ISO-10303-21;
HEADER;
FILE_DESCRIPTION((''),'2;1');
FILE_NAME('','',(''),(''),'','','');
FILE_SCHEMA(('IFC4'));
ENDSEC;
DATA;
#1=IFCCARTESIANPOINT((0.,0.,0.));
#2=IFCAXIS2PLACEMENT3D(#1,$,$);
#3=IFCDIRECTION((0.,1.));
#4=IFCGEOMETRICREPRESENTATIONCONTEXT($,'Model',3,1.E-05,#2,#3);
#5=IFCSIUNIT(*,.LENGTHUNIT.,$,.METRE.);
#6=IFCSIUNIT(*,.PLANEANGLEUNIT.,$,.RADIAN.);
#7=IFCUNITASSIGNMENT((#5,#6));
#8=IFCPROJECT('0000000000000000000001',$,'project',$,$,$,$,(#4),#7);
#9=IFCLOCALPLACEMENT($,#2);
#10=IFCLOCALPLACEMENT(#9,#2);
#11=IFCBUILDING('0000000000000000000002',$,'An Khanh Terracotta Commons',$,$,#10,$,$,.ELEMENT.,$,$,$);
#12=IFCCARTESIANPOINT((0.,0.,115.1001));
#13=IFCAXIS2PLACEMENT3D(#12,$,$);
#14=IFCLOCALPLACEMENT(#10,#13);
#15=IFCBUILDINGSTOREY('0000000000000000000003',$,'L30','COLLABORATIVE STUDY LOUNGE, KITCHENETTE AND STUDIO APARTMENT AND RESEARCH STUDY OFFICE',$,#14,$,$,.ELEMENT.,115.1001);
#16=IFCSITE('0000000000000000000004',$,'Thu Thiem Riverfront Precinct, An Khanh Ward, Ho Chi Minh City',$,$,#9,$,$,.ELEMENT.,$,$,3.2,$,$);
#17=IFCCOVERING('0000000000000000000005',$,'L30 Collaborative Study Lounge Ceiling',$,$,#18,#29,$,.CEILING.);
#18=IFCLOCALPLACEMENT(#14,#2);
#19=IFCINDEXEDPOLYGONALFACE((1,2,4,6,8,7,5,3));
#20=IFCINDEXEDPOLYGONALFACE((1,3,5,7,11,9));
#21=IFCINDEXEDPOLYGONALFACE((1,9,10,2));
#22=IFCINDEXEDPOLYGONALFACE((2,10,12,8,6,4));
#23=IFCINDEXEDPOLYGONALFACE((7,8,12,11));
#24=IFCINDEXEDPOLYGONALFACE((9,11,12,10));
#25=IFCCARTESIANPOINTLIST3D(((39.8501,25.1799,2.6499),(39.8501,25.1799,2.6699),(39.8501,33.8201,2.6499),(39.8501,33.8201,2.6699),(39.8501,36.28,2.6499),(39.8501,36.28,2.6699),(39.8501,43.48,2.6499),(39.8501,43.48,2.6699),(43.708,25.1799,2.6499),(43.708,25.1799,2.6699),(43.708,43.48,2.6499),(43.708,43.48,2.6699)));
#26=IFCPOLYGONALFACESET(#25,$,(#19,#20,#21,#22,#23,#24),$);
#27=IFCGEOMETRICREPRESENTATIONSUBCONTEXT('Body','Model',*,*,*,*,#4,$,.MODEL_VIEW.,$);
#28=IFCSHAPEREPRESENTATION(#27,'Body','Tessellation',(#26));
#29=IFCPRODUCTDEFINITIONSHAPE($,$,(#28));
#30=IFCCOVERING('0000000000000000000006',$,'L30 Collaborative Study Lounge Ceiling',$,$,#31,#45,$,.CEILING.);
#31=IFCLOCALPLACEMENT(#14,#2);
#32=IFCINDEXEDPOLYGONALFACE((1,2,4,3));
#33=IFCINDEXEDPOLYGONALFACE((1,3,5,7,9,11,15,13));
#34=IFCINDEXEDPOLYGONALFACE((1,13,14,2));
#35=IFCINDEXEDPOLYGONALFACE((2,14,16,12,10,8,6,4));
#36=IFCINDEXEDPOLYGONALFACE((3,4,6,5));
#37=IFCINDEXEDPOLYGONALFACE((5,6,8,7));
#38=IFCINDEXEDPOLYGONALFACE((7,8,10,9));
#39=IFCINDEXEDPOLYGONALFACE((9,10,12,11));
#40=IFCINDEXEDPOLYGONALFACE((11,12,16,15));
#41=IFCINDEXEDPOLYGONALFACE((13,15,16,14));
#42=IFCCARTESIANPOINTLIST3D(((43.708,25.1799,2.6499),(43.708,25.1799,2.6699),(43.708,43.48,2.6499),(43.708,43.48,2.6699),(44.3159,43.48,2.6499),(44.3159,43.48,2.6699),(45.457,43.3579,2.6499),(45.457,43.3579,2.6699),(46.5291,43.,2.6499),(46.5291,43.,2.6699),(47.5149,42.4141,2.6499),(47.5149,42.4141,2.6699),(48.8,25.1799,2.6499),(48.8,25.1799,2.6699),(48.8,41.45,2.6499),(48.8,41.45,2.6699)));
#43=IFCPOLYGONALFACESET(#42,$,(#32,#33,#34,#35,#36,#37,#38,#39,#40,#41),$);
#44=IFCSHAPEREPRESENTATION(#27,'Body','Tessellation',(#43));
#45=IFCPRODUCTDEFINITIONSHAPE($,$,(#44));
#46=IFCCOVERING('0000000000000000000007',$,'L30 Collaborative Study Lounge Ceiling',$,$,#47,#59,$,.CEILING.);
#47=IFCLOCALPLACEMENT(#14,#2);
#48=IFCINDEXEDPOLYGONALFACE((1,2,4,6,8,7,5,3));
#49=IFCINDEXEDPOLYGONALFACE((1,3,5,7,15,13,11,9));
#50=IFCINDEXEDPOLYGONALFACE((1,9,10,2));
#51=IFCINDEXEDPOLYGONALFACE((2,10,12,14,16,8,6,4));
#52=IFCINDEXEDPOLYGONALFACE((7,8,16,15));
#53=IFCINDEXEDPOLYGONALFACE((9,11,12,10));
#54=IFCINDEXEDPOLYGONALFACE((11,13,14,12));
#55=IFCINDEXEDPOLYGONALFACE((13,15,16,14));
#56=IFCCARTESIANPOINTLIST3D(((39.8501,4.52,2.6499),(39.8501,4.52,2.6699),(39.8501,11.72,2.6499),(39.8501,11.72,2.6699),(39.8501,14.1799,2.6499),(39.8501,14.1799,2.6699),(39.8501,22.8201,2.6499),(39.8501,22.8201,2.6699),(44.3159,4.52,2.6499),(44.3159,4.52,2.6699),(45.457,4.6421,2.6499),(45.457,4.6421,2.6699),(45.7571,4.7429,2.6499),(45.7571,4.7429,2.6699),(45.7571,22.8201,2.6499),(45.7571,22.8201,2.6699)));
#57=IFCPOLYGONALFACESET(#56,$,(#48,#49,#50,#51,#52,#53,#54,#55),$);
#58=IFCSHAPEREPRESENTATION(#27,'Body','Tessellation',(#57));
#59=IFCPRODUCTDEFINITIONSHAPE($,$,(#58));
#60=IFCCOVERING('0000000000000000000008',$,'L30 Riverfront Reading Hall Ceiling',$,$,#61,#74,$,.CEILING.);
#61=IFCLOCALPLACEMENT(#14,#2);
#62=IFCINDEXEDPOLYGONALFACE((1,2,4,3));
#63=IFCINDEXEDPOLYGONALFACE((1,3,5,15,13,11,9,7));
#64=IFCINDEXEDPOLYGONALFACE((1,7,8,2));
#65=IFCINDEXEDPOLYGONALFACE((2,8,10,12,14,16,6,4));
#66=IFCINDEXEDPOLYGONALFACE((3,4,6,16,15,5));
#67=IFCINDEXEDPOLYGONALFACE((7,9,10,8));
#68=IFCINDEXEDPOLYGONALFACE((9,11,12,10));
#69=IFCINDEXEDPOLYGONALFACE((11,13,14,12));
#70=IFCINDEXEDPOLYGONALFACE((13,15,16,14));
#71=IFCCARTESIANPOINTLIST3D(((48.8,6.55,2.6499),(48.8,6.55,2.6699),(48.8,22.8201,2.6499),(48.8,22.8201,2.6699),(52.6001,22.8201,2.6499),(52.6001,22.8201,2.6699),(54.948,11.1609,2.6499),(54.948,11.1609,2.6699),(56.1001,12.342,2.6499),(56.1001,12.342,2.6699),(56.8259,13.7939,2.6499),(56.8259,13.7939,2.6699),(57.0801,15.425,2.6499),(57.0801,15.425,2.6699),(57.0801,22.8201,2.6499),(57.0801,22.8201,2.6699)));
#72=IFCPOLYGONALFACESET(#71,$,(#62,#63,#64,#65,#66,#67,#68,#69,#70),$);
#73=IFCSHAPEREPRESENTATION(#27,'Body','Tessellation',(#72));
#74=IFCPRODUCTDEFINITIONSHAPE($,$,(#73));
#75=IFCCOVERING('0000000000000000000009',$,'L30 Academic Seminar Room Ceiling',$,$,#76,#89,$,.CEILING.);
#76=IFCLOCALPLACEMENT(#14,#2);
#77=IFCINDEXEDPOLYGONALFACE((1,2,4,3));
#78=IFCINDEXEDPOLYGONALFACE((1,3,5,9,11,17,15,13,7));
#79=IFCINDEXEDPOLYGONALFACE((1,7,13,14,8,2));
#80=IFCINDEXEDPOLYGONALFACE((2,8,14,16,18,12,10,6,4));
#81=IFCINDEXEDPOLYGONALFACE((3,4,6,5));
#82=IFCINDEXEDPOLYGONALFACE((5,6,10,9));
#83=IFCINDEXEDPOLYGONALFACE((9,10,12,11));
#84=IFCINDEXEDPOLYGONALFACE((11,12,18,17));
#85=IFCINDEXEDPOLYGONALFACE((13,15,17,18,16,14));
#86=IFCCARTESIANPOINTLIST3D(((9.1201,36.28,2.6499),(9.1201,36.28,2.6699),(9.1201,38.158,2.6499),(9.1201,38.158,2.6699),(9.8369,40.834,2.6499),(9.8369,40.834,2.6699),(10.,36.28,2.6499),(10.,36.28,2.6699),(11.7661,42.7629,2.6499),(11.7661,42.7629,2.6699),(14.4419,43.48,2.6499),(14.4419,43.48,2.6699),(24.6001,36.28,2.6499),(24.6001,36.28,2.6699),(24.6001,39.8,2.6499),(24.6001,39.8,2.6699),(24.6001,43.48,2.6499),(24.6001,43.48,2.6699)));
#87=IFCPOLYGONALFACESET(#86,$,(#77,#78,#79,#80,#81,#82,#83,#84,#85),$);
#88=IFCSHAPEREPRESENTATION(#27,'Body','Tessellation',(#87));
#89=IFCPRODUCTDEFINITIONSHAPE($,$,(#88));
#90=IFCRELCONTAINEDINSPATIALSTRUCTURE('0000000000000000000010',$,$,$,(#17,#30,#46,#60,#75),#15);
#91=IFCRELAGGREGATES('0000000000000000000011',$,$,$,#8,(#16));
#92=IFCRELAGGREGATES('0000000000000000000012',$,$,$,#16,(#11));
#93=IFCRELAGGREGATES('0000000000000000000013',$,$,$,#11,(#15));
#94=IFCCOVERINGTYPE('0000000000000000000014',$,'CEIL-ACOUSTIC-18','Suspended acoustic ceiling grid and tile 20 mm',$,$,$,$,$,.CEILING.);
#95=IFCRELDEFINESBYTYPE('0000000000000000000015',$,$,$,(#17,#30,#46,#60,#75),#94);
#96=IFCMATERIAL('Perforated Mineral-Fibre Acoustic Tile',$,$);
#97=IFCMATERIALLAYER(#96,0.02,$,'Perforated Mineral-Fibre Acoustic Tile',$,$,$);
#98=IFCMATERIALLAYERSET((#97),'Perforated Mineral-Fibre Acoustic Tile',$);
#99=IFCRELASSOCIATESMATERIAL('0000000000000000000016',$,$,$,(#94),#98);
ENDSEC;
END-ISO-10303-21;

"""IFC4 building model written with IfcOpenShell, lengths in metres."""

from ifc_helpers import new_model, si_unit, direction, frame, origin, place, context, subcontext, project, spatial, polyline, outline, extrude, material, layer, layer_set, type_object, element, save


model = new_model("IFC4")

# Units and contexts
model_context = context("Model", 3, precision=1e-05, world=origin(), true_north=direction((0.0, 1.0)))
body_context = subcontext(model_context, "Body", "Model", "MODEL_VIEW")
ifc_project = project(units=[si_unit("LENGTHUNIT", "METRE"), si_unit("PLANEANGLEUNIT", "RADIAN")], contexts=[model_context])

# Site, building, storey
site_placement = place(None, origin())
site = spatial("IfcSite", under=ifc_project, at=site_placement, Name="Thu Thiem Riverfront Precinct, An Khanh Ward, Ho Chi Minh City", CompositionType="ELEMENT", RefElevation=3.2)
building_placement = place(site_placement, origin())
building = spatial("IfcBuilding", under=site, at=building_placement, Name="An Khanh Terracotta Commons", CompositionType="ELEMENT")
storey_placement = place(building_placement, frame((0.0, 0.0, 115.1001)))
storey = spatial("IfcBuildingStorey", under=building, at=storey_placement, Name="L30", Description="COLLABORATIVE STUDY LOUNGE, KITCHENETTE AND STUDIO APARTMENT AND RESEARCH STUDY OFFICE", CompositionType="ELEMENT", Elevation=115.1001)

# Coverings
ifc_material_1 = material(Name="Perforated Mineral-Fibre Acoustic Tile")
ifc_layer_1 = layer(ifc_material_1, 0.02, Name="Perforated Mineral-Fibre Acoustic Tile")
ifc_layer_set_1 = layer_set([ifc_layer_1], Name="Perforated Mineral-Fibre Acoustic Tile")
covering_type = type_object("IfcCoveringType", Name="CEIL-ACOUSTIC-18", Description="Suspended acoustic ceiling grid and tile 20 mm", PredefinedType="CEILING", material=ifc_layer_set_1)
covering_1_placement = place(storey_placement, frame((0.0, 0.0, 2.6499)))
element("IfcCovering", 1, at=covering_1_placement, inside=storey, type_object=covering_type, Name="L30 Collaborative Study Lounge Ceiling", PredefinedType="CEILING", context=body_context, shape_type="SweptSolid", body=[
    extrude(outline(polyline([(43.708, 43.48), (43.708, 25.1799), (39.8501, 25.1799), (39.8501, 33.8201), (39.8501, 36.28), (39.8501, 43.48), (43.708, 43.48)])), origin(), (0.0, 0.0, 1.0), 0.02),
])
covering_2_placement = place(storey_placement, frame((0.0, 0.0, 2.6499)))
element("IfcCovering", 2, at=covering_2_placement, inside=storey, type_object=covering_type, Name="L30 Collaborative Study Lounge Ceiling", PredefinedType="CEILING", context=body_context, shape_type="SweptSolid", body=[
    extrude(outline(polyline([(44.3159, 43.48), (45.457, 43.3579), (46.5291, 43.0), (47.5149, 42.4141), (48.8, 41.45), (48.8, 25.1799), (43.708, 25.1799), (43.708, 43.48), (44.3159, 43.48)])), origin(), (0.0, 0.0, 1.0), 0.02),
])
covering_3_placement = place(storey_placement, frame((0.0, 0.0, 2.6499)))
element("IfcCovering", 3, at=covering_3_placement, inside=storey, type_object=covering_type, Name="L30 Collaborative Study Lounge Ceiling", PredefinedType="CEILING", context=body_context, shape_type="SweptSolid", body=[
    extrude(outline(polyline([(45.457, 4.6421), (44.3159, 4.52), (39.8501, 4.52), (39.8501, 11.72), (39.8501, 14.1799), (39.8501, 22.8201), (45.7571, 22.8201), (45.7571, 4.7429), (45.457, 4.6421)])), origin(), (0.0, 0.0, 1.0), 0.02),
])
covering_4_placement = place(storey_placement, frame((0.0, 0.0, 2.6499)))
element("IfcCovering", 4, at=covering_4_placement, inside=storey, type_object=covering_type, Name="L30 Riverfront Reading Hall Ceiling", PredefinedType="CEILING", context=body_context, shape_type="SweptSolid", body=[
    extrude(outline(polyline([(57.0801, 15.425), (56.8259, 13.7939), (56.1001, 12.342), (54.948, 11.1609), (48.8, 6.55), (48.8, 22.8201), (52.6001, 22.8201), (57.0801, 22.8201), (57.0801, 15.425)])), origin(), (0.0, 0.0, 1.0), 0.02),
])
covering_5_placement = place(storey_placement, frame((0.0, 0.0, 2.6499)))
element("IfcCovering", 5, at=covering_5_placement, inside=storey, type_object=covering_type, Name="L30 Academic Seminar Room Ceiling", PredefinedType="CEILING", context=body_context, shape_type="SweptSolid", body=[
    extrude(outline(polyline([(24.6001, 43.48), (24.6001, 39.8), (24.6001, 36.28), (10.0, 36.28), (9.1201, 36.28), (9.1201, 38.158), (9.8369, 40.834), (11.7661, 42.7629), (14.4419, 43.48), (24.6001, 43.48)])), origin(), (0.0, 0.0, 1.0), 0.02),
])

save(model, "model.ifc")
